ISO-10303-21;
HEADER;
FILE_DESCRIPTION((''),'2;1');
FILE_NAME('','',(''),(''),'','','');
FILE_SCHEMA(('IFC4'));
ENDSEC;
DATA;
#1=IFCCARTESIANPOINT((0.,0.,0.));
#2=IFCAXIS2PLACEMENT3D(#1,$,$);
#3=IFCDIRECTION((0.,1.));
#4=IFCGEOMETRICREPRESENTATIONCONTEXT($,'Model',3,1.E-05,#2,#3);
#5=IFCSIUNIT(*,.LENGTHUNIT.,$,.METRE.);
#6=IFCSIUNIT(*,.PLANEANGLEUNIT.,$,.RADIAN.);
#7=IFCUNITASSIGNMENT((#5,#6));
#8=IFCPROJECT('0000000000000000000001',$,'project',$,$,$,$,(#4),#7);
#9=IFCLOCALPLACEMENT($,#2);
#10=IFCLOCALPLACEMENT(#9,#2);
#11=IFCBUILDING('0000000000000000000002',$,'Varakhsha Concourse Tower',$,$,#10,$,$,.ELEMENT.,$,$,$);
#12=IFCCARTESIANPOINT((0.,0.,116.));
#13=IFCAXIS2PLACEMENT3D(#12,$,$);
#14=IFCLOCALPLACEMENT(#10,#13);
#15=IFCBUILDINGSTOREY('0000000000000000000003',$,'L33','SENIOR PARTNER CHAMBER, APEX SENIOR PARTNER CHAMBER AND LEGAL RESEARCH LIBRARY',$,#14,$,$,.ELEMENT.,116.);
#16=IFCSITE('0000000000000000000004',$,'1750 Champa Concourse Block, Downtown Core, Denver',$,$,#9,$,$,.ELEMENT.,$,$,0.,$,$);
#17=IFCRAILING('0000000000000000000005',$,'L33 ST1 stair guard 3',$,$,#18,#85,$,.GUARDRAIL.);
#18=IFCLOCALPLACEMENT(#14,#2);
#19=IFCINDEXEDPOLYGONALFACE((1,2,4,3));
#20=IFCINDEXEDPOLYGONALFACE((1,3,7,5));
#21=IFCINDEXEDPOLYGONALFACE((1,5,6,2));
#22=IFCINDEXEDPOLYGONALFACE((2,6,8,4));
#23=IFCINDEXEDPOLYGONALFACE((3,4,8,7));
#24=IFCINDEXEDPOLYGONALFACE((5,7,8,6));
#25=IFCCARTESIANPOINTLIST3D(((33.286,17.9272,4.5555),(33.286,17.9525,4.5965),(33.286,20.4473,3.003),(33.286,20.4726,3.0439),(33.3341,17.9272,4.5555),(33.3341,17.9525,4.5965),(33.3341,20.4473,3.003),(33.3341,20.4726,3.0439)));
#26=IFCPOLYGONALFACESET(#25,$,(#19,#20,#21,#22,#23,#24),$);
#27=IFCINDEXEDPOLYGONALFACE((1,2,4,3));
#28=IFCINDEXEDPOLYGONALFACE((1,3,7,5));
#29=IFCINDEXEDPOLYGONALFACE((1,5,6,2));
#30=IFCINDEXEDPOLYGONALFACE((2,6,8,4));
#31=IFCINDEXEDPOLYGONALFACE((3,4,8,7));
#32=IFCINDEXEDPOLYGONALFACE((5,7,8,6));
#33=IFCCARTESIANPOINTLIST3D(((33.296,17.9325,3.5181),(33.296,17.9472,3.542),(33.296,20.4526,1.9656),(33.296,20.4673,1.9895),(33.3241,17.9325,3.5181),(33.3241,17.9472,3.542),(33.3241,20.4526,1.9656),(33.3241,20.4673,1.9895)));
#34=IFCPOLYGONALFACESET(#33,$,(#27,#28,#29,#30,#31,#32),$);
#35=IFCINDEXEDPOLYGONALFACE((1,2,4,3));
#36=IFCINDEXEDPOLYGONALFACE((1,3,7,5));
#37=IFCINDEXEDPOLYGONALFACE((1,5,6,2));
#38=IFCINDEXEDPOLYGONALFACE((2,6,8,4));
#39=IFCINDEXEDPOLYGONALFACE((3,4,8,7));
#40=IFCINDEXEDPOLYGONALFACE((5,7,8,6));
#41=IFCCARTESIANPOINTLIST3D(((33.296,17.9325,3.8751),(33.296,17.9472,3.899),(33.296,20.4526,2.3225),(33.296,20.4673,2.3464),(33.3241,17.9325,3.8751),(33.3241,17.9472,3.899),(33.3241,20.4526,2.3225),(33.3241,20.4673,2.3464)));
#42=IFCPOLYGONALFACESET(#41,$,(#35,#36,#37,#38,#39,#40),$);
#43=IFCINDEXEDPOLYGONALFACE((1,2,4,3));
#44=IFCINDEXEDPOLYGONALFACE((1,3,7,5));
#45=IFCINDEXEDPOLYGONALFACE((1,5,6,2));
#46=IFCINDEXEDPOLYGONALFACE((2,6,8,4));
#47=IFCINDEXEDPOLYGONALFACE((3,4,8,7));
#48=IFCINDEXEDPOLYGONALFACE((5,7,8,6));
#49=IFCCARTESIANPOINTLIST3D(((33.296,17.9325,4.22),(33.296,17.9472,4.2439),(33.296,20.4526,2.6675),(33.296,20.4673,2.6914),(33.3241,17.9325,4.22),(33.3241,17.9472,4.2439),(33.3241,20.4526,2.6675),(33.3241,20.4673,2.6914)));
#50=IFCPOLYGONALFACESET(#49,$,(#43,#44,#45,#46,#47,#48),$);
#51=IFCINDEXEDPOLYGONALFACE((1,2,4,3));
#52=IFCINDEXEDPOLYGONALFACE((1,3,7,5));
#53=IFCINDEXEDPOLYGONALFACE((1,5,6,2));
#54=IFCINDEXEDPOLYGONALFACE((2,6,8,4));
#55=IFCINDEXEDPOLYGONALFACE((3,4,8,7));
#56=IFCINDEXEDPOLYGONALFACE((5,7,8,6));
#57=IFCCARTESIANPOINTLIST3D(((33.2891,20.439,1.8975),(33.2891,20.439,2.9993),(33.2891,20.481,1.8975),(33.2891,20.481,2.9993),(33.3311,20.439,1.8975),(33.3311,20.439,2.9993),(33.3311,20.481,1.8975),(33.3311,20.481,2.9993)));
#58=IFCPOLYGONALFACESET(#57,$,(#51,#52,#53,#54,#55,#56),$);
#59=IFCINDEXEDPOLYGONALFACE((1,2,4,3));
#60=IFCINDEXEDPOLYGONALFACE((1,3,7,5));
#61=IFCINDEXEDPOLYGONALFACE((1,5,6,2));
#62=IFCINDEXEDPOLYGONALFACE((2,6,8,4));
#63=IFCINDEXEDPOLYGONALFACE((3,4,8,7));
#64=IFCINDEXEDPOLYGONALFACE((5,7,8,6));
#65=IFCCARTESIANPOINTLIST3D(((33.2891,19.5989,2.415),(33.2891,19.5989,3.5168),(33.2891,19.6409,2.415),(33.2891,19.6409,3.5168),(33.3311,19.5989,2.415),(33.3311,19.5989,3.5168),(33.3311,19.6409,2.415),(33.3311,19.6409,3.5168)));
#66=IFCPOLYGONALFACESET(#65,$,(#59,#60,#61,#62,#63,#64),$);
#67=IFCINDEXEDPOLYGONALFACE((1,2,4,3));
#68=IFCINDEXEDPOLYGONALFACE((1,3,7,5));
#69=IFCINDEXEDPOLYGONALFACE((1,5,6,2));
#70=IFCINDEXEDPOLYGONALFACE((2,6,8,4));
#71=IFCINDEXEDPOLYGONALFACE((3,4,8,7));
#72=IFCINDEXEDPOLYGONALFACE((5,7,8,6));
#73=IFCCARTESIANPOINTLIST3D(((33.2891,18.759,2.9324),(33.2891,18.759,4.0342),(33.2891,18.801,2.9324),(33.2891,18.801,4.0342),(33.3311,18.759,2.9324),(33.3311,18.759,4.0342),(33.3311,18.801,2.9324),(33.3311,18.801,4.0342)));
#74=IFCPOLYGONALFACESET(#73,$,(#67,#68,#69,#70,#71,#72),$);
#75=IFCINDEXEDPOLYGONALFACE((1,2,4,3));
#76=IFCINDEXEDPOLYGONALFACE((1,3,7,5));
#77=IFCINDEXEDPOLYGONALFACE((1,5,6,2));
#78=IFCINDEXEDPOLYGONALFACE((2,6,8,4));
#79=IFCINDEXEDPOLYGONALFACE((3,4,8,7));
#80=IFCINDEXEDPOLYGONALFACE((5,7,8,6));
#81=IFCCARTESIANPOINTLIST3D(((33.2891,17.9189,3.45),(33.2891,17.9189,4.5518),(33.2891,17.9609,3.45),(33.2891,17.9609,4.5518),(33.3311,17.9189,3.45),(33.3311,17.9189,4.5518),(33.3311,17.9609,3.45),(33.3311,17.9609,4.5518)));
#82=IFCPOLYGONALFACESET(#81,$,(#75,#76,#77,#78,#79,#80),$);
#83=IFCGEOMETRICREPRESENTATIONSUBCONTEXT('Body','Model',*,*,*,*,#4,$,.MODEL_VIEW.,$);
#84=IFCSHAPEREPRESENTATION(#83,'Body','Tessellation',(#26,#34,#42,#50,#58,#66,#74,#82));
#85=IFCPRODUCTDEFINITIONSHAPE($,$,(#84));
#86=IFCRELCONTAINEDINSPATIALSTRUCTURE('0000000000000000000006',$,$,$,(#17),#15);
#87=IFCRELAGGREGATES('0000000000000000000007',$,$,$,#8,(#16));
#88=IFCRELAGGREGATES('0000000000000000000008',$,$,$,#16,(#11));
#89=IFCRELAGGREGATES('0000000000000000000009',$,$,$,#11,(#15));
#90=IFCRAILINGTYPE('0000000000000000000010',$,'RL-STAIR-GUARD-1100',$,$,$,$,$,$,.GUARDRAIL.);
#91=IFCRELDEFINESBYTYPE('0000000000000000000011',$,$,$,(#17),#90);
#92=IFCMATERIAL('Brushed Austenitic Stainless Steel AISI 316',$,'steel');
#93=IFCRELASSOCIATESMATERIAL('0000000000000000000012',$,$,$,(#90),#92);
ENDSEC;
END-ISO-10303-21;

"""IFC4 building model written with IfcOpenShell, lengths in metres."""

from ifc_helpers import new_model, si_unit, direction, frame, origin, origin_2d, place, context, subcontext, project, spatial, rectangle, extrude, material, type_object, element, save


model = new_model("IFC4")

# Units and contexts
model_context = context("Model", 3, precision=1e-05, world=origin(), true_north=direction((0.0, 1.0)))
body_context = subcontext(model_context, "Body", "Model", "MODEL_VIEW")
ifc_project = project(units=[si_unit("LENGTHUNIT", "METRE"), si_unit("PLANEANGLEUNIT", "RADIAN")], contexts=[model_context])

# Site, building, storey
site_placement = place(None, origin())
site = spatial("IfcSite", under=ifc_project, at=site_placement, Name="1750 Champa Concourse Block, Downtown Core, Denver", CompositionType="ELEMENT", RefElevation=0.0)
building_placement = place(site_placement, origin())
building = spatial("IfcBuilding", under=site, at=building_placement, Name="Varakhsha Concourse Tower", CompositionType="ELEMENT")
storey_placement = place(building_placement, frame((0.0, 0.0, 116.0)))
storey = spatial("IfcBuildingStorey", under=building, at=storey_placement, Name="L33", Description="SENIOR PARTNER CHAMBER, APEX SENIOR PARTNER CHAMBER AND LEGAL RESEARCH LIBRARY", CompositionType="ELEMENT", Elevation=116.0)

# Shared definitions
ifc_material_1 = material(Name="Brushed Austenitic Stainless Steel AISI 316", Category="steel")

# Railing
railing_type = type_object("IfcRailingType", Name="RL-STAIR-GUARD-1100", PredefinedType="GUARDRAIL", material=ifc_material_1)
railing_1_placement = place(storey_placement, frame((33.3101, 20.46, 1.8975)))
element("IfcRailing", 1, at=railing_1_placement, inside=storey, type_object=railing_type, Name="L33 ST1 stair guard 3", PredefinedType="GUARDRAIL", context=body_context, shape_type="SweptSolid", body=[
    extrude(rectangle(XDim=0.0481, YDim=0.0481, at=origin_2d()), frame((0.0, 0.0, 1.126), z_axis=(0.0, -0.8514, 0.524516), x_axis=(1.0, 0.0, 0.0)), (0.0, 0.0, 1.0), 2.96),
    extrude(rectangle(XDim=0.0281, YDim=0.0281, at=origin_2d()), frame((0.0, 0.0, 0.0801), z_axis=(0.0, -0.8514, 0.524516), x_axis=(1.0, 0.0, 0.0)), (0.0, 0.0, 1.0), 2.96),
    extrude(rectangle(XDim=0.0281, YDim=0.0281, at=origin_2d()), frame((0.0, 0.0, 0.437), z_axis=(0.0, -0.8514, 0.524516), x_axis=(1.0, 0.0, 0.0)), (0.0, 0.0, 1.0), 2.96),
    extrude(rectangle(XDim=0.0281, YDim=0.0281, at=origin_2d()), frame((0.0, 0.0, 0.782), z_axis=(0.0, -0.8514, 0.524516), x_axis=(1.0, 0.0, 0.0)), (0.0, 0.0, 1.0), 2.96),
    extrude(rectangle(XDim=0.042, YDim=0.042, at=origin_2d()), origin(), (0.0, 0.0, 1.0), 1.1018),
    extrude(rectangle(XDim=0.042, YDim=0.042, at=origin_2d()), frame((0.0, -0.8401, 0.5176)), (0.0, 0.0, 1.0), 1.1018),
    extrude(rectangle(XDim=0.042, YDim=0.042, at=origin_2d()), frame((0.0, -1.6799, 1.0349)), (0.0, 0.0, 1.0), 1.1018),
    extrude(rectangle(XDim=0.042, YDim=0.042, at=origin_2d()), frame((0.0, -2.52, 1.5525)), (0.0, 0.0, 1.0), 1.1018),
])

save(model, "model.ifc")
